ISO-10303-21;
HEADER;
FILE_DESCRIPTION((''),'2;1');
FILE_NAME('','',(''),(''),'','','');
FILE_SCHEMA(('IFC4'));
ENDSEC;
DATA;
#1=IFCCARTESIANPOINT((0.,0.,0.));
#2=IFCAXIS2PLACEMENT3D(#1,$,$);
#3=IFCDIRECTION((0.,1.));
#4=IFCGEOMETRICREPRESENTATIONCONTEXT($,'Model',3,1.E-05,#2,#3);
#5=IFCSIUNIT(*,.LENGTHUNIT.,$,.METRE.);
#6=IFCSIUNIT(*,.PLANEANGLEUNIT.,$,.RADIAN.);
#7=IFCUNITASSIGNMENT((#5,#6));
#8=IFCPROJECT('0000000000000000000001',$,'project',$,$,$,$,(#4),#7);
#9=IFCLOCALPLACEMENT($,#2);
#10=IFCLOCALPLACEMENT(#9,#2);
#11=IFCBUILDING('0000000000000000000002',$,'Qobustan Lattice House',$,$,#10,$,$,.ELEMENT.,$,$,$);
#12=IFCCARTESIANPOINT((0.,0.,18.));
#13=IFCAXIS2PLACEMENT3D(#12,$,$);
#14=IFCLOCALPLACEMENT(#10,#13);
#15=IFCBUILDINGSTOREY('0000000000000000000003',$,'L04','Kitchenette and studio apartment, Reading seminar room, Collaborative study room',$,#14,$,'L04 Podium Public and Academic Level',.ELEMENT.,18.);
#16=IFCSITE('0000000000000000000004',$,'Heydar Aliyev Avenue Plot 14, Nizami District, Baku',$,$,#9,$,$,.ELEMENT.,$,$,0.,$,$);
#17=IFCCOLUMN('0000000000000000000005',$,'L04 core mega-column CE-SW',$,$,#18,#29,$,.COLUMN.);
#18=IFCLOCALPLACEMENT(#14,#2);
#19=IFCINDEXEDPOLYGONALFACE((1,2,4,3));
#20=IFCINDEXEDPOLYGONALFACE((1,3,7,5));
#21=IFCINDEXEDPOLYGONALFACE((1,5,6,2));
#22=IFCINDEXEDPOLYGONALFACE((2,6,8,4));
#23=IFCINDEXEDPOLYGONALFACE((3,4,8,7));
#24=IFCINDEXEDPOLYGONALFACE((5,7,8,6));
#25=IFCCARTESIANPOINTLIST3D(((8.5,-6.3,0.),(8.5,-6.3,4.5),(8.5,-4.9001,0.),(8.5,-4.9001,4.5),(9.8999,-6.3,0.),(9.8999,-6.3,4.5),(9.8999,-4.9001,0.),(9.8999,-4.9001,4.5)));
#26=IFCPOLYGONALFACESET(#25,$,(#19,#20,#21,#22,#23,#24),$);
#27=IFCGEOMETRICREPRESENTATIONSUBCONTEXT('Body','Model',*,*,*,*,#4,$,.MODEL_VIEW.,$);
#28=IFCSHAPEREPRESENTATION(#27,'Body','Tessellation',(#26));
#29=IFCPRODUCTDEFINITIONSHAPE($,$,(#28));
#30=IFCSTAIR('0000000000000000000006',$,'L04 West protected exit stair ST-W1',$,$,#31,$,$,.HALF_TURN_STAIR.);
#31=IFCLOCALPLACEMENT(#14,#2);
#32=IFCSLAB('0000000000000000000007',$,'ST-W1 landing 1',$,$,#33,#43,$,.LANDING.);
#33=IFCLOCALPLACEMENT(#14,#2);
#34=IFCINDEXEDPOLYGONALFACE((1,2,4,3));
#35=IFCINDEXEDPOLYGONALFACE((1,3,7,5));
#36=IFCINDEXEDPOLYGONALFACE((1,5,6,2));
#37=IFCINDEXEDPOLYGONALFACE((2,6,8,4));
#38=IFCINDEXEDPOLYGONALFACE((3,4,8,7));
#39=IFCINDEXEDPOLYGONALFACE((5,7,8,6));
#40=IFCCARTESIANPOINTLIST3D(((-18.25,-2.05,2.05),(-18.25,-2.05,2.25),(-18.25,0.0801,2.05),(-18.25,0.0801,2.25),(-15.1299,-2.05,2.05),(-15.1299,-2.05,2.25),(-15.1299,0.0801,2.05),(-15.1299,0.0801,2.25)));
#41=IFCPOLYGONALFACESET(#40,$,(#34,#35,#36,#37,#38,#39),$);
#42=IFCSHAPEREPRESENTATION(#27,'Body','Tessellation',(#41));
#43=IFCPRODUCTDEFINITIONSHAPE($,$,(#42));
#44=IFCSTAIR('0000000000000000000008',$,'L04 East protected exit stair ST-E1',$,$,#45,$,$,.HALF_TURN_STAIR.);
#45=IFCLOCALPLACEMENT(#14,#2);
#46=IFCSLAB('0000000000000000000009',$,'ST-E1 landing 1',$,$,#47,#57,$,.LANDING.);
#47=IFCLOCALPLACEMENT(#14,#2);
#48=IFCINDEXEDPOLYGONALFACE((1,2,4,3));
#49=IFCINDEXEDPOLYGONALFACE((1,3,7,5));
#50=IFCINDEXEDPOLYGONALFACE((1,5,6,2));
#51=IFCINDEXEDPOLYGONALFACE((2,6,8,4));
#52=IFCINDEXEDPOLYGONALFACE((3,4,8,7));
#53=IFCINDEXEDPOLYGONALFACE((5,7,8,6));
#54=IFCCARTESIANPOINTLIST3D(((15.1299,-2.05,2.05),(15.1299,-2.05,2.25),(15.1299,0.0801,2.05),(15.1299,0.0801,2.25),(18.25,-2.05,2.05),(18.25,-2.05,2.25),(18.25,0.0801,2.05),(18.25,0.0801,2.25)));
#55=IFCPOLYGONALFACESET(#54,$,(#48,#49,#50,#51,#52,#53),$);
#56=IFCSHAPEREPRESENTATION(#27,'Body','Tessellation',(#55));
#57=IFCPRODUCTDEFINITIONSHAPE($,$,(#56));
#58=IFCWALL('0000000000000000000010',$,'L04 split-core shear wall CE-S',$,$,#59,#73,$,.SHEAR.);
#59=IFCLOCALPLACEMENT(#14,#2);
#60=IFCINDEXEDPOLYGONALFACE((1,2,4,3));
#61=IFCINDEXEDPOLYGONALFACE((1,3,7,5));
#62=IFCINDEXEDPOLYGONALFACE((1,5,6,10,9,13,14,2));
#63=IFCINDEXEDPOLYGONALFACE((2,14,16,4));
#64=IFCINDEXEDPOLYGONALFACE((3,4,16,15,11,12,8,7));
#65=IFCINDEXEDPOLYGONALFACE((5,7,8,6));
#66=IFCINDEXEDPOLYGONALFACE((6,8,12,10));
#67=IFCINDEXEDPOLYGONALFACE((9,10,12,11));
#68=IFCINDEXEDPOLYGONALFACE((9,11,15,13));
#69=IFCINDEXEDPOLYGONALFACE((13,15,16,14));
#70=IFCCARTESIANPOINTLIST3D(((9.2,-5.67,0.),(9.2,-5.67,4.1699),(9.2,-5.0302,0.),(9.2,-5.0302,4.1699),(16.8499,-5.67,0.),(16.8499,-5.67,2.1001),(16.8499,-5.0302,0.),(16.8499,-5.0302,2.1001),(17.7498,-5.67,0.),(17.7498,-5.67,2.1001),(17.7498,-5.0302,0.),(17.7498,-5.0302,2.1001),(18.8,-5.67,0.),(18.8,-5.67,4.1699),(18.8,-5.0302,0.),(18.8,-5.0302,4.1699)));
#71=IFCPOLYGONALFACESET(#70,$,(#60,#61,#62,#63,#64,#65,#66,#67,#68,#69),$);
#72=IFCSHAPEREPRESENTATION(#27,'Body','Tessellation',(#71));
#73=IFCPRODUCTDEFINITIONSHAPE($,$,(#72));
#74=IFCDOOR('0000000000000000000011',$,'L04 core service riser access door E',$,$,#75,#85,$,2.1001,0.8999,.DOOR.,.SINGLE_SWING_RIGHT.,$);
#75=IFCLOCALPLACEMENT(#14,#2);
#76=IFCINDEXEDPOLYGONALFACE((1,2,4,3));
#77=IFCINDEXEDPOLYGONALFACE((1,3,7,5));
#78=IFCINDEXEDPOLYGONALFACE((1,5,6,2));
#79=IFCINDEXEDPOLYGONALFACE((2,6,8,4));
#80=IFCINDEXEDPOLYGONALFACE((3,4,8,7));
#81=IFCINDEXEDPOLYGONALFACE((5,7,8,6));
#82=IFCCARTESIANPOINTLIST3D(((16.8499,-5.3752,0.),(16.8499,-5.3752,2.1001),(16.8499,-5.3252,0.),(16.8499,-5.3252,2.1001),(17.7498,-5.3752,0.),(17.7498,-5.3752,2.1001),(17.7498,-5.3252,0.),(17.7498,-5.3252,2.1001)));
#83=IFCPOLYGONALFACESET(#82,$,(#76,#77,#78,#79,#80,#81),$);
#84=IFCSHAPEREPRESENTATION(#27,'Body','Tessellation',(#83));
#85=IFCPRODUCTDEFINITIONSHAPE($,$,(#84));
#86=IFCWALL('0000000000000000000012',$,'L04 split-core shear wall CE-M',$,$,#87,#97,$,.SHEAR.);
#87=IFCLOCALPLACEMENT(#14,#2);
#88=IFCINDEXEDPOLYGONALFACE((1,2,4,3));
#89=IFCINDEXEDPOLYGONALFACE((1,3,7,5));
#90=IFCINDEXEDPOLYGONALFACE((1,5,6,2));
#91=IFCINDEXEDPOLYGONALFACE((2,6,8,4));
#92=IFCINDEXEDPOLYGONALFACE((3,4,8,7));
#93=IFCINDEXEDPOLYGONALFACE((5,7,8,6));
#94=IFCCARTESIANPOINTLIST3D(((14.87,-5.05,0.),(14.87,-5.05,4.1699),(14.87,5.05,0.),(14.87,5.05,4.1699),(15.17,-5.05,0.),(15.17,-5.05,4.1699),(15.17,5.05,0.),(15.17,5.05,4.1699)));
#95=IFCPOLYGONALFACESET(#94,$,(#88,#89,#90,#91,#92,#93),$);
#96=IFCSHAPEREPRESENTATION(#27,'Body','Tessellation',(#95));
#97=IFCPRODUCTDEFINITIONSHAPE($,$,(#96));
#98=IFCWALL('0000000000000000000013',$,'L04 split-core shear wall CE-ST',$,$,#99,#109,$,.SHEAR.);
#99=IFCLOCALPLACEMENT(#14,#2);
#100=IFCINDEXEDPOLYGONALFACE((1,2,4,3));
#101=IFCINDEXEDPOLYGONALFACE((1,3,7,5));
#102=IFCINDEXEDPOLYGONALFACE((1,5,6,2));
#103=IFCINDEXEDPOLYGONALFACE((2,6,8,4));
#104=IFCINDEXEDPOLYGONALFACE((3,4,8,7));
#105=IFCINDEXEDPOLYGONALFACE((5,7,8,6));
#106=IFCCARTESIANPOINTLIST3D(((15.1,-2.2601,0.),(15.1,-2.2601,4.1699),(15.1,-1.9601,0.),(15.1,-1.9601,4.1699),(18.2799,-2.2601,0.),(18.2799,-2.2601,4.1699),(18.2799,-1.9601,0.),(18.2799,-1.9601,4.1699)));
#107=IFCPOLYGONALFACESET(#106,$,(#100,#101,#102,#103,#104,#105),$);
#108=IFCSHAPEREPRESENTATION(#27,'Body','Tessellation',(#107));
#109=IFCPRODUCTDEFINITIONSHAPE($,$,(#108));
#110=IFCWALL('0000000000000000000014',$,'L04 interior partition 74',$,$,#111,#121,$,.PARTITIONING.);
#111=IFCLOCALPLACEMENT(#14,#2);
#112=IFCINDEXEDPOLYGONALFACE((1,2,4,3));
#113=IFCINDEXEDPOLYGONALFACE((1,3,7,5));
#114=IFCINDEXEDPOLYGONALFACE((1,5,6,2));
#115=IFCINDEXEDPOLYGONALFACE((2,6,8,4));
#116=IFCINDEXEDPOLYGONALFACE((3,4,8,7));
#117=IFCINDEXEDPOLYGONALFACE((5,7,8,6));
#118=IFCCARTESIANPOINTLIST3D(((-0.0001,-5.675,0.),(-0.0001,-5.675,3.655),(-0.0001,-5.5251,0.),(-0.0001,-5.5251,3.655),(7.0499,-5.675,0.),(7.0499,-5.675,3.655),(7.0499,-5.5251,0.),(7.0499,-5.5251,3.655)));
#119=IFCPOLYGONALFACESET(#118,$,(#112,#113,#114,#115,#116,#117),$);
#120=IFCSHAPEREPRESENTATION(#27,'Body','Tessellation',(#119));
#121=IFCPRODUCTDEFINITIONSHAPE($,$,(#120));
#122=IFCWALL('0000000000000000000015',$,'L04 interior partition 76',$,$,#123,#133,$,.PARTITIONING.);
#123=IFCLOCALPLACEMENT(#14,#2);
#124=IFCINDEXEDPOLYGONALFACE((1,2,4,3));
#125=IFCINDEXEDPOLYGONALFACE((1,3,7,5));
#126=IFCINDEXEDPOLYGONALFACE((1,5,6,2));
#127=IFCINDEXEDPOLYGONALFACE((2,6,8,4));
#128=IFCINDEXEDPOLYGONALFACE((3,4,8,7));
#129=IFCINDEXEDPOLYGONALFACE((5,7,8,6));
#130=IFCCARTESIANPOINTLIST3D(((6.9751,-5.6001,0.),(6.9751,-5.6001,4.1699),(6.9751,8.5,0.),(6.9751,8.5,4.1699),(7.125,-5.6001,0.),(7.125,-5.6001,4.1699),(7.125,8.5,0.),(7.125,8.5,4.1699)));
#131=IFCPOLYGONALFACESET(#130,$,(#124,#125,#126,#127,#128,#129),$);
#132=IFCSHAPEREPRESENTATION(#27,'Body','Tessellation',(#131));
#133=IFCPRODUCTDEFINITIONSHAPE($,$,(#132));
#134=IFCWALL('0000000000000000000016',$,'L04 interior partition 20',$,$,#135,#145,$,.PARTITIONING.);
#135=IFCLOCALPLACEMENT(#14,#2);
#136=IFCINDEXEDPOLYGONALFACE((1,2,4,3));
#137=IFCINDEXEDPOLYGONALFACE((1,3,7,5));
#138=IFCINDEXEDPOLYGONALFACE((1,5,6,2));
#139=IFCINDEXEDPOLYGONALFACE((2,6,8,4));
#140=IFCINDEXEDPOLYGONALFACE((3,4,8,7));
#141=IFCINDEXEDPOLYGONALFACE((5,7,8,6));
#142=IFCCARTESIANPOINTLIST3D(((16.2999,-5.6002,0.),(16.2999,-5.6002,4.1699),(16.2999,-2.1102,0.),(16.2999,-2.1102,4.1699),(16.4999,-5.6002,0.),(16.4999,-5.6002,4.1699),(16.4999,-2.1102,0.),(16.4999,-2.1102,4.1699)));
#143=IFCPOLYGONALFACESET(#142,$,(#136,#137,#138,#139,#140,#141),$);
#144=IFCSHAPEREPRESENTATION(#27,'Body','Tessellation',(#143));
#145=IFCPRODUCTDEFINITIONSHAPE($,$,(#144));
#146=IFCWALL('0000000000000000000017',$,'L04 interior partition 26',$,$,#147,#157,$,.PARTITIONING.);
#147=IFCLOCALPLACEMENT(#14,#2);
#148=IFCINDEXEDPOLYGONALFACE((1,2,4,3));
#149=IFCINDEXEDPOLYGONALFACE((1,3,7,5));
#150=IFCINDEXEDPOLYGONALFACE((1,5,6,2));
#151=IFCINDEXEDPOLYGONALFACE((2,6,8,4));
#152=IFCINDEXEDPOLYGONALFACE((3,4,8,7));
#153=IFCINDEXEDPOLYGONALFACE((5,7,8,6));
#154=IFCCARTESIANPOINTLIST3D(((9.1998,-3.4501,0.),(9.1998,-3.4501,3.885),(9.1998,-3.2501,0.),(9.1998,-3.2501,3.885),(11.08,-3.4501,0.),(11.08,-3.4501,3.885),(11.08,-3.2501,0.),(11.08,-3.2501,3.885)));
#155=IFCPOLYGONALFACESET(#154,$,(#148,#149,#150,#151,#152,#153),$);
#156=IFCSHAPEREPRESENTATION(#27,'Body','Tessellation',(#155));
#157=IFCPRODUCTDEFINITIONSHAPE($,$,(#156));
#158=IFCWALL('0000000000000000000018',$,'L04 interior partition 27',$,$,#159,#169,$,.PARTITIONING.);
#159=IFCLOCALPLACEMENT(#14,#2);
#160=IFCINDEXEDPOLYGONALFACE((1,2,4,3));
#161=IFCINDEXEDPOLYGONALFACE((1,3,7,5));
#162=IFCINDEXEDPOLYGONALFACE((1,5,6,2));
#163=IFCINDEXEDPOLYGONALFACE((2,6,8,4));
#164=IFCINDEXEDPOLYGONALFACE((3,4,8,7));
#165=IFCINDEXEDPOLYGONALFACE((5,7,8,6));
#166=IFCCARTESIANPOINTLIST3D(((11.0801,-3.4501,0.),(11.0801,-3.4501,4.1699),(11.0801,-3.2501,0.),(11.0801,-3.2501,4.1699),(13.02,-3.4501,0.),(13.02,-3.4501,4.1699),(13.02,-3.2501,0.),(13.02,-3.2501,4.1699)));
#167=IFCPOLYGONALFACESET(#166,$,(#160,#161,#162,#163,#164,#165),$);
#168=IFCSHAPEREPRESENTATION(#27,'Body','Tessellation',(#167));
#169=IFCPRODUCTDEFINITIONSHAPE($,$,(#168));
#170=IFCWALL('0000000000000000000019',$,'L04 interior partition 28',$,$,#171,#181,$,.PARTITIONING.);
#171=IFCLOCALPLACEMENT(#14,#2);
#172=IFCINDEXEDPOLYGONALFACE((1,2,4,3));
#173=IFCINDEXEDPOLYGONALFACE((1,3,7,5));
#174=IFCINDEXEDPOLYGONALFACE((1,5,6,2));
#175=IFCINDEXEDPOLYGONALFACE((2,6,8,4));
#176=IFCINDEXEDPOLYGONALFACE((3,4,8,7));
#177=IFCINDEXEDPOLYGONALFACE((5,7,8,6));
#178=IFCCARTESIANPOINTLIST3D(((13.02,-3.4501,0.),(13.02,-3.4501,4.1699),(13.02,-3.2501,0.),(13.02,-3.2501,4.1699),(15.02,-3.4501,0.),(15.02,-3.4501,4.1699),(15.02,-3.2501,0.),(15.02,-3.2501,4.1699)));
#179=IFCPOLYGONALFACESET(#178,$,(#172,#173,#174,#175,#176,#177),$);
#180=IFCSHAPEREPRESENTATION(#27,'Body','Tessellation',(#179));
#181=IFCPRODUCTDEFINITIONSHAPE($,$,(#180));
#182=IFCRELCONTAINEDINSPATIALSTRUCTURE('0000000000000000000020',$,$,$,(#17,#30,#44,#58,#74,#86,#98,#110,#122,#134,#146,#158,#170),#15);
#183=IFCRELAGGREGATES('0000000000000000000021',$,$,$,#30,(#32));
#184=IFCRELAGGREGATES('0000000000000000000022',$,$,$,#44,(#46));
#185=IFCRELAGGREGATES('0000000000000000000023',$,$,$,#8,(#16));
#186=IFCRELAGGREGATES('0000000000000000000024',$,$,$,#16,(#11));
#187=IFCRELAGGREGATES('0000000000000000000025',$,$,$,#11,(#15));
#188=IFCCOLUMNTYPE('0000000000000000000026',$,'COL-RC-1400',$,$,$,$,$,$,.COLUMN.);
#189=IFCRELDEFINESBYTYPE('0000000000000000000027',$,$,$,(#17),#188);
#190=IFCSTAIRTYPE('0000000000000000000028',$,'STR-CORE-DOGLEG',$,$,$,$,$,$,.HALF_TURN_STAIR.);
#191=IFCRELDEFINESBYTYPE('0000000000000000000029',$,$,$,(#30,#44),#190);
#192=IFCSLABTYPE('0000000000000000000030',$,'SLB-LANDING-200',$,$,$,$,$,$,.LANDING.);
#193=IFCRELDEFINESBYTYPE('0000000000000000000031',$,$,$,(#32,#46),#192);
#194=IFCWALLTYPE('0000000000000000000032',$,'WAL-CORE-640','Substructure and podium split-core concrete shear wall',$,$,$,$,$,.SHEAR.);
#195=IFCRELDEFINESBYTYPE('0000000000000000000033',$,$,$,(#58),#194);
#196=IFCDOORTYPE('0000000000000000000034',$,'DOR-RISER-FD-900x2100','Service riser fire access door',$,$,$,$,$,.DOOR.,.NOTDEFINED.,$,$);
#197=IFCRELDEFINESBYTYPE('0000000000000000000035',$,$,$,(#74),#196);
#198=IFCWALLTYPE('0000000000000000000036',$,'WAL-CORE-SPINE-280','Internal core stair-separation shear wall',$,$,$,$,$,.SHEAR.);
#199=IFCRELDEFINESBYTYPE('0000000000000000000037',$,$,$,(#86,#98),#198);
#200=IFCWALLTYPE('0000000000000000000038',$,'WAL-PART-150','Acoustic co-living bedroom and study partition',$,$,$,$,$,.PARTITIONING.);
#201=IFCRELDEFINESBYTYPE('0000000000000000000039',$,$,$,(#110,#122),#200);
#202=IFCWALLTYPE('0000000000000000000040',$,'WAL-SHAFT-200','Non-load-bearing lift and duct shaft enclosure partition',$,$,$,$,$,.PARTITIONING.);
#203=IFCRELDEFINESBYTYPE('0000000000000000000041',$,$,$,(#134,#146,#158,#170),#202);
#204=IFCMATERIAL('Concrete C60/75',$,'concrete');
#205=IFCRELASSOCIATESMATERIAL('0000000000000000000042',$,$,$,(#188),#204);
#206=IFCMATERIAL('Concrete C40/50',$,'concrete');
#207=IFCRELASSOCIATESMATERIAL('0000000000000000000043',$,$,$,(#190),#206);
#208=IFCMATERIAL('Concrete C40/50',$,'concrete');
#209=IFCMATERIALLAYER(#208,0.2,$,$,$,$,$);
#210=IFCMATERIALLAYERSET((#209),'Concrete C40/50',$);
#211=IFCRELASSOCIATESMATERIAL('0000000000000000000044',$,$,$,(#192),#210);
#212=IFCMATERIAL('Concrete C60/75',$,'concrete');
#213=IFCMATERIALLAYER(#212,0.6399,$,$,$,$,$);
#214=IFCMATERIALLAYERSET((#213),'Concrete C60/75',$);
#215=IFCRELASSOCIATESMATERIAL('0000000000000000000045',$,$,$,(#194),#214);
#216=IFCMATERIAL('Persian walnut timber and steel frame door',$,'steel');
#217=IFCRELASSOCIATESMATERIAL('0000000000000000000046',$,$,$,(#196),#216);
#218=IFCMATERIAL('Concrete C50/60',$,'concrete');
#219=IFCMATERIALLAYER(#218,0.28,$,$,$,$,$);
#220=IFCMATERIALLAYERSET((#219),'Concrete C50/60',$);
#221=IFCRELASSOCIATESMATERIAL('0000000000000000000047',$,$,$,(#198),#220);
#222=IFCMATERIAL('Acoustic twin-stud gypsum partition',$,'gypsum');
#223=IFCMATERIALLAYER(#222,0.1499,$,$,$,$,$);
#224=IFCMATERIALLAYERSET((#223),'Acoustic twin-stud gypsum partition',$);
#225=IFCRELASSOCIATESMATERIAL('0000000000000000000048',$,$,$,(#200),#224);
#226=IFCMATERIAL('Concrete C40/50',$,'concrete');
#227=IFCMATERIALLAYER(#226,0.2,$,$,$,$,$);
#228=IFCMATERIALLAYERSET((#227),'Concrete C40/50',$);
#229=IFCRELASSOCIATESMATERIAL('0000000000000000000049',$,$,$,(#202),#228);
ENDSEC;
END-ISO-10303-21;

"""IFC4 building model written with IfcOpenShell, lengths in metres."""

from ifc_helpers import new_model, si_unit, direction, frame, frame_2d, origin, origin_2d, place, context, subcontext, project, spatial, polyline, rectangle, outline, extrude, material, layer, layer_set, material_profile, profile_set, type_object, element, fill, aggregate, save


model = new_model("IFC4")

# Units and contexts
model_context = context("Model", 3, precision=1e-05, world=origin(), true_north=direction((0.0, 1.0)))
body_context = subcontext(model_context, "Body", "Model", "MODEL_VIEW")
ifc_project = project(units=[si_unit("LENGTHUNIT", "METRE"), si_unit("PLANEANGLEUNIT", "RADIAN")], contexts=[model_context])

# Site, building, storey
site_placement = place(None, origin())
site = spatial("IfcSite", under=ifc_project, at=site_placement, Name="Heydar Aliyev Avenue Plot 14, Nizami District, Baku", CompositionType="ELEMENT", RefElevation=0.0)
building_placement = place(site_placement, origin())
building = spatial("IfcBuilding", under=site, at=building_placement, Name="Qobustan Lattice House", CompositionType="ELEMENT")
storey_placement = place(building_placement, frame((0.0, 0.0, 18.0)))
storey = spatial("IfcBuildingStorey", under=building, at=storey_placement, Name="L04", Description="Kitchenette and studio apartment, Reading seminar room, Collaborative study room", LongName="L04 Podium Public and Academic Level", CompositionType="ELEMENT", Elevation=18.0)

# Column
ifc_material_1 = material(Name="Concrete C60/75", Category="concrete")
ifc_material_profile = material_profile(ifc_material_1, rectangle(XDim=1.3999, YDim=1.3999, at=origin_2d()), Name="RC1400x1400")
ifc_profile_set = profile_set([ifc_material_profile], Name="Concrete C60/75")
column_type = type_object("IfcColumnType", Name="COL-RC-1400", PredefinedType="COLUMN", material=ifc_profile_set)
column_placement = place(storey_placement, frame((9.2, -5.6001, 0.0), z_axis=(0.0, 0.0, 1.0), x_axis=(1.0, 0.0, 0.0)))
element("IfcColumn", 1, at=column_placement, inside=storey, type_object=column_type, Name="L04 core mega-column CE-SW", PredefinedType="COLUMN", context=body_context, shape_type="SweptSolid", body=[
    extrude(rectangle(XDim=1.3999, YDim=1.3999, at=origin_2d()), origin(), (0.0, 0.0, 1.0), 4.5),
])

# Stairs, slabs
ifc_material_2 = material(Name="Concrete C40/50", Category="concrete")
stair_type = type_object("IfcStairType", Name="STR-CORE-DOGLEG", PredefinedType="HALF_TURN_STAIR", material=ifc_material_2)
stair_1_placement = place(storey_placement, origin())
stair_1 = element("IfcStair", 2, at=stair_1_placement, inside=storey, type_object=stair_type, Name="L04 West protected exit stair ST-W1", PredefinedType="HALF_TURN_STAIR")
ifc_material_3 = material(Name="Concrete C40/50", Category="concrete")
ifc_layer_1 = layer(ifc_material_3, 0.2)
ifc_layer_set_1 = layer_set([ifc_layer_1], Name="Concrete C40/50")
slab_type = type_object("IfcSlabType", Name="SLB-LANDING-200", PredefinedType="LANDING", material=ifc_layer_set_1)
slab_1_placement = place(storey_placement, frame((0.0, 0.0, 2.05)))
slab_1 = element("IfcSlab", 3, at=slab_1_placement, type_object=slab_type, Name="ST-W1 landing 1", PredefinedType="LANDING", context=body_context, shape_type="SweptSolid", body=[
    extrude(outline(polyline([(-18.25, 0.0801), (-18.25, -2.05), (-15.1299, -2.05), (-15.1299, 0.0801), (-18.25, 0.0801)])), origin(), (0.0, 0.0, 1.0), 0.2),
])
aggregate(stair_1, [slab_1])
stair_2_placement = place(storey_placement, origin())
stair_2 = element("IfcStair", 4, at=stair_2_placement, inside=storey, type_object=stair_type, Name="L04 East protected exit stair ST-E1", PredefinedType="HALF_TURN_STAIR")
slab_2_placement = place(storey_placement, frame((0.0, 0.0, 2.05)))
slab_2 = element("IfcSlab", 5, at=slab_2_placement, type_object=slab_type, Name="ST-E1 landing 1", PredefinedType="LANDING", context=body_context, shape_type="SweptSolid", body=[
    extrude(outline(polyline([(15.1299, 0.0801), (15.1299, -2.05), (18.25, -2.05), (18.25, 0.0801), (15.1299, 0.0801)])), origin(), (0.0, 0.0, 1.0), 0.2),
])
aggregate(stair_2, [slab_2])

# Wall, opening, door
ifc_material_4 = material(Name="Concrete C60/75", Category="concrete")
ifc_layer_2 = layer(ifc_material_4, 0.6399)
ifc_layer_set_2 = layer_set([ifc_layer_2], Name="Concrete C60/75")
wall_type_1 = type_object("IfcWallType", Name="WAL-CORE-640", Description="Substructure and podium split-core concrete shear wall", PredefinedType="SHEAR", material=ifc_layer_set_2)
wall_1_placement = place(storey_placement, frame((9.2, -5.3501, 0.0), z_axis=(0.0, 0.0, 1.0), x_axis=(1.0, 0.0, 0.0)))
wall_1 = element("IfcWall", 6, at=wall_1_placement, inside=storey, type_object=wall_type_1, Name="L04 split-core shear wall CE-S", PredefinedType="SHEAR", context=body_context, shape_type="SweptSolid", body=[
    extrude(rectangle(XDim=9.6001, YDim=0.6399, at=frame_2d((4.8, 0.0))), origin(), (0.0, 0.0, 1.0), 4.1699),
])
opening_1_placement = place(wall_1_placement, frame((7.6499, 0.0, 0.0)))
opening_1 = element("IfcOpeningElement", 7, at=opening_1_placement, cuts=wall_1, PredefinedType="OPENING", context=body_context, shape_type="SweptSolid", body=[
    extrude(rectangle(XDim=0.8999, YDim=2.1001, at=frame_2d((0.45, 1.05))), frame((0.0, 0.3298, 0.0), z_axis=(0.0, -1.0, 0.0), x_axis=(1.0, 0.0, 0.0)), (0.0, 0.0, 1.0), 0.6599),
])
ifc_material_5 = material(Name="Persian walnut timber and steel frame door", Category="steel")
door_type_1 = type_object("IfcDoorType", Name="DOR-RISER-FD-900x2100", Description="Service riser fire access door", OperationType="NOTDEFINED", PredefinedType="DOOR", material=ifc_material_5)
door_1_placement = place(opening_1_placement, origin())
door_1 = element("IfcDoor", 8, at=door_1_placement, inside=storey, type_object=door_type_1, Name="L04 core service riser access door E", OperationType="SINGLE_SWING_RIGHT", OverallHeight=2.1001, OverallWidth=0.8999, PredefinedType="DOOR", context=body_context, shape_type="SweptSolid", body=[
    extrude(rectangle(XDim=0.8999, YDim=2.1001, at=frame_2d((0.45, 1.05))), frame((0.0, 0.0249, 0.0), z_axis=(0.0, -1.0, 0.0), x_axis=(1.0, 0.0, 0.0)), (0.0, 0.0, 1.0), 0.05),
])
fill(opening_1, door_1)

# Walls
ifc_material_6 = material(Name="Concrete C50/60", Category="concrete")
ifc_layer_3 = layer(ifc_material_6, 0.28)
ifc_layer_set_3 = layer_set([ifc_layer_3], Name="Concrete C50/60")
wall_type_2 = type_object("IfcWallType", Name="WAL-CORE-SPINE-280", Description="Internal core stair-separation shear wall", PredefinedType="SHEAR", material=ifc_layer_set_3)
wall_2_placement = place(storey_placement, frame((15.02, -5.05, 0.0), z_axis=(0.0, 0.0, 1.0), x_axis=(0.0, 1.0, 0.0)))
element("IfcWall", 9, at=wall_2_placement, inside=storey, type_object=wall_type_2, Name="L04 split-core shear wall CE-M", PredefinedType="SHEAR", context=body_context, shape_type="SweptSolid", body=[
    extrude(rectangle(XDim=10.1001, YDim=0.3, at=frame_2d((5.05, 0.0))), origin(), (0.0, 0.0, 1.0), 4.1699),
])
wall_3_placement = place(storey_placement, frame((15.1001, -2.1101, 0.0), z_axis=(0.0, 0.0, 1.0), x_axis=(1.0, 0.0, 0.0)))
element("IfcWall", 10, at=wall_3_placement, inside=storey, type_object=wall_type_2, Name="L04 split-core shear wall CE-ST", PredefinedType="SHEAR", context=body_context, shape_type="SweptSolid", body=[
    extrude(rectangle(XDim=3.1799, YDim=0.3, at=frame_2d((1.5898, 0.0))), origin(), (0.0, 0.0, 1.0), 4.1699),
])

# Walls
ifc_material_7 = material(Name="Acoustic twin-stud gypsum partition", Category="gypsum")
ifc_layer_4 = layer(ifc_material_7, 0.1499)
ifc_layer_set_4 = layer_set([ifc_layer_4], Name="Acoustic twin-stud gypsum partition")
wall_type_3 = type_object("IfcWallType", Name="WAL-PART-150", Description="Acoustic co-living bedroom and study partition", PredefinedType="PARTITIONING", material=ifc_layer_set_4)
wall_4_placement = place(storey_placement, frame((0.0, -5.6001, 0.0), z_axis=(0.0, 0.0, 1.0), x_axis=(1.0, 0.0, 0.0)))
element("IfcWall", 11, at=wall_4_placement, inside=storey, type_object=wall_type_3, Name="L04 interior partition 74", PredefinedType="PARTITIONING", context=body_context, shape_type="SweptSolid", body=[
    extrude(rectangle(XDim=7.05, YDim=0.1499, at=frame_2d((3.5249, 0.0))), origin(), (0.0, 0.0, 1.0), 3.655),
])
wall_5_placement = place(storey_placement, frame((7.05, -5.6001, 0.0), z_axis=(0.0, 0.0, 1.0), x_axis=(0.0, 1.0, 0.0)))
element("IfcWall", 12, at=wall_5_placement, inside=storey, type_object=wall_type_3, Name="L04 interior partition 76", PredefinedType="PARTITIONING", context=body_context, shape_type="SweptSolid", body=[
    extrude(rectangle(XDim=14.1001, YDim=0.1499, at=frame_2d((7.05, 0.0))), origin(), (0.0, 0.0, 1.0), 4.1699),
])
ifc_material_8 = material(Name="Concrete C40/50", Category="concrete")
ifc_layer_5 = layer(ifc_material_8, 0.2)
ifc_layer_set_5 = layer_set([ifc_layer_5], Name="Concrete C40/50")
wall_type_4 = type_object("IfcWallType", Name="WAL-SHAFT-200", Description="Non-load-bearing lift and duct shaft enclosure partition", PredefinedType="PARTITIONING", material=ifc_layer_set_5)
wall_6_placement = place(storey_placement, frame((16.3999, -2.1101, 0.0), z_axis=(0.0, 0.0, 1.0), x_axis=(0.0, -1.0, 0.0)))
element("IfcWall", 13, at=wall_6_placement, inside=storey, type_object=wall_type_4, Name="L04 interior partition 20", PredefinedType="PARTITIONING", context=body_context, shape_type="SweptSolid", body=[
    extrude(rectangle(XDim=3.49, YDim=0.2, at=frame_2d((1.7451, 0.0))), origin(), (0.0, 0.0, 1.0), 4.1699),
])
wall_7_placement = place(storey_placement, frame((9.2, -3.3501, 0.0), z_axis=(0.0, 0.0, 1.0), x_axis=(1.0, 0.0, 0.0)))
element("IfcWall", 14, at=wall_7_placement, inside=storey, type_object=wall_type_4, Name="L04 interior partition 26", PredefinedType="PARTITIONING", context=body_context, shape_type="SweptSolid", body=[
    extrude(rectangle(XDim=1.8801, YDim=0.2, at=frame_2d((0.9399, 0.0))), origin(), (0.0, 0.0, 1.0), 3.885),
])
wall_8_placement = place(storey_placement, frame((11.0801, -3.3501, 0.0), z_axis=(0.0, 0.0, 1.0), x_axis=(1.0, 0.0, 0.0)))
element("IfcWall", 15, at=wall_8_placement, inside=storey, type_object=wall_type_4, Name="L04 interior partition 27", PredefinedType="PARTITIONING", context=body_context, shape_type="SweptSolid", body=[
    extrude(rectangle(XDim=1.9399, YDim=0.2, at=frame_2d((0.97, 0.0))), origin(), (0.0, 0.0, 1.0), 4.1699),
])
wall_9_placement = place(storey_placement, frame((13.02, -3.3501, 0.0), z_axis=(0.0, 0.0, 1.0), x_axis=(1.0, 0.0, 0.0)))
element("IfcWall", 16, at=wall_9_placement, inside=storey, type_object=wall_type_4, Name="L04 interior partition 28", PredefinedType="PARTITIONING", context=body_context, shape_type="SweptSolid", body=[
    extrude(rectangle(XDim=2.0, YDim=0.2, at=frame_2d((1.0, 0.0))), origin(), (0.0, 0.0, 1.0), 4.1699),
])

save(model, "model.ifc")
